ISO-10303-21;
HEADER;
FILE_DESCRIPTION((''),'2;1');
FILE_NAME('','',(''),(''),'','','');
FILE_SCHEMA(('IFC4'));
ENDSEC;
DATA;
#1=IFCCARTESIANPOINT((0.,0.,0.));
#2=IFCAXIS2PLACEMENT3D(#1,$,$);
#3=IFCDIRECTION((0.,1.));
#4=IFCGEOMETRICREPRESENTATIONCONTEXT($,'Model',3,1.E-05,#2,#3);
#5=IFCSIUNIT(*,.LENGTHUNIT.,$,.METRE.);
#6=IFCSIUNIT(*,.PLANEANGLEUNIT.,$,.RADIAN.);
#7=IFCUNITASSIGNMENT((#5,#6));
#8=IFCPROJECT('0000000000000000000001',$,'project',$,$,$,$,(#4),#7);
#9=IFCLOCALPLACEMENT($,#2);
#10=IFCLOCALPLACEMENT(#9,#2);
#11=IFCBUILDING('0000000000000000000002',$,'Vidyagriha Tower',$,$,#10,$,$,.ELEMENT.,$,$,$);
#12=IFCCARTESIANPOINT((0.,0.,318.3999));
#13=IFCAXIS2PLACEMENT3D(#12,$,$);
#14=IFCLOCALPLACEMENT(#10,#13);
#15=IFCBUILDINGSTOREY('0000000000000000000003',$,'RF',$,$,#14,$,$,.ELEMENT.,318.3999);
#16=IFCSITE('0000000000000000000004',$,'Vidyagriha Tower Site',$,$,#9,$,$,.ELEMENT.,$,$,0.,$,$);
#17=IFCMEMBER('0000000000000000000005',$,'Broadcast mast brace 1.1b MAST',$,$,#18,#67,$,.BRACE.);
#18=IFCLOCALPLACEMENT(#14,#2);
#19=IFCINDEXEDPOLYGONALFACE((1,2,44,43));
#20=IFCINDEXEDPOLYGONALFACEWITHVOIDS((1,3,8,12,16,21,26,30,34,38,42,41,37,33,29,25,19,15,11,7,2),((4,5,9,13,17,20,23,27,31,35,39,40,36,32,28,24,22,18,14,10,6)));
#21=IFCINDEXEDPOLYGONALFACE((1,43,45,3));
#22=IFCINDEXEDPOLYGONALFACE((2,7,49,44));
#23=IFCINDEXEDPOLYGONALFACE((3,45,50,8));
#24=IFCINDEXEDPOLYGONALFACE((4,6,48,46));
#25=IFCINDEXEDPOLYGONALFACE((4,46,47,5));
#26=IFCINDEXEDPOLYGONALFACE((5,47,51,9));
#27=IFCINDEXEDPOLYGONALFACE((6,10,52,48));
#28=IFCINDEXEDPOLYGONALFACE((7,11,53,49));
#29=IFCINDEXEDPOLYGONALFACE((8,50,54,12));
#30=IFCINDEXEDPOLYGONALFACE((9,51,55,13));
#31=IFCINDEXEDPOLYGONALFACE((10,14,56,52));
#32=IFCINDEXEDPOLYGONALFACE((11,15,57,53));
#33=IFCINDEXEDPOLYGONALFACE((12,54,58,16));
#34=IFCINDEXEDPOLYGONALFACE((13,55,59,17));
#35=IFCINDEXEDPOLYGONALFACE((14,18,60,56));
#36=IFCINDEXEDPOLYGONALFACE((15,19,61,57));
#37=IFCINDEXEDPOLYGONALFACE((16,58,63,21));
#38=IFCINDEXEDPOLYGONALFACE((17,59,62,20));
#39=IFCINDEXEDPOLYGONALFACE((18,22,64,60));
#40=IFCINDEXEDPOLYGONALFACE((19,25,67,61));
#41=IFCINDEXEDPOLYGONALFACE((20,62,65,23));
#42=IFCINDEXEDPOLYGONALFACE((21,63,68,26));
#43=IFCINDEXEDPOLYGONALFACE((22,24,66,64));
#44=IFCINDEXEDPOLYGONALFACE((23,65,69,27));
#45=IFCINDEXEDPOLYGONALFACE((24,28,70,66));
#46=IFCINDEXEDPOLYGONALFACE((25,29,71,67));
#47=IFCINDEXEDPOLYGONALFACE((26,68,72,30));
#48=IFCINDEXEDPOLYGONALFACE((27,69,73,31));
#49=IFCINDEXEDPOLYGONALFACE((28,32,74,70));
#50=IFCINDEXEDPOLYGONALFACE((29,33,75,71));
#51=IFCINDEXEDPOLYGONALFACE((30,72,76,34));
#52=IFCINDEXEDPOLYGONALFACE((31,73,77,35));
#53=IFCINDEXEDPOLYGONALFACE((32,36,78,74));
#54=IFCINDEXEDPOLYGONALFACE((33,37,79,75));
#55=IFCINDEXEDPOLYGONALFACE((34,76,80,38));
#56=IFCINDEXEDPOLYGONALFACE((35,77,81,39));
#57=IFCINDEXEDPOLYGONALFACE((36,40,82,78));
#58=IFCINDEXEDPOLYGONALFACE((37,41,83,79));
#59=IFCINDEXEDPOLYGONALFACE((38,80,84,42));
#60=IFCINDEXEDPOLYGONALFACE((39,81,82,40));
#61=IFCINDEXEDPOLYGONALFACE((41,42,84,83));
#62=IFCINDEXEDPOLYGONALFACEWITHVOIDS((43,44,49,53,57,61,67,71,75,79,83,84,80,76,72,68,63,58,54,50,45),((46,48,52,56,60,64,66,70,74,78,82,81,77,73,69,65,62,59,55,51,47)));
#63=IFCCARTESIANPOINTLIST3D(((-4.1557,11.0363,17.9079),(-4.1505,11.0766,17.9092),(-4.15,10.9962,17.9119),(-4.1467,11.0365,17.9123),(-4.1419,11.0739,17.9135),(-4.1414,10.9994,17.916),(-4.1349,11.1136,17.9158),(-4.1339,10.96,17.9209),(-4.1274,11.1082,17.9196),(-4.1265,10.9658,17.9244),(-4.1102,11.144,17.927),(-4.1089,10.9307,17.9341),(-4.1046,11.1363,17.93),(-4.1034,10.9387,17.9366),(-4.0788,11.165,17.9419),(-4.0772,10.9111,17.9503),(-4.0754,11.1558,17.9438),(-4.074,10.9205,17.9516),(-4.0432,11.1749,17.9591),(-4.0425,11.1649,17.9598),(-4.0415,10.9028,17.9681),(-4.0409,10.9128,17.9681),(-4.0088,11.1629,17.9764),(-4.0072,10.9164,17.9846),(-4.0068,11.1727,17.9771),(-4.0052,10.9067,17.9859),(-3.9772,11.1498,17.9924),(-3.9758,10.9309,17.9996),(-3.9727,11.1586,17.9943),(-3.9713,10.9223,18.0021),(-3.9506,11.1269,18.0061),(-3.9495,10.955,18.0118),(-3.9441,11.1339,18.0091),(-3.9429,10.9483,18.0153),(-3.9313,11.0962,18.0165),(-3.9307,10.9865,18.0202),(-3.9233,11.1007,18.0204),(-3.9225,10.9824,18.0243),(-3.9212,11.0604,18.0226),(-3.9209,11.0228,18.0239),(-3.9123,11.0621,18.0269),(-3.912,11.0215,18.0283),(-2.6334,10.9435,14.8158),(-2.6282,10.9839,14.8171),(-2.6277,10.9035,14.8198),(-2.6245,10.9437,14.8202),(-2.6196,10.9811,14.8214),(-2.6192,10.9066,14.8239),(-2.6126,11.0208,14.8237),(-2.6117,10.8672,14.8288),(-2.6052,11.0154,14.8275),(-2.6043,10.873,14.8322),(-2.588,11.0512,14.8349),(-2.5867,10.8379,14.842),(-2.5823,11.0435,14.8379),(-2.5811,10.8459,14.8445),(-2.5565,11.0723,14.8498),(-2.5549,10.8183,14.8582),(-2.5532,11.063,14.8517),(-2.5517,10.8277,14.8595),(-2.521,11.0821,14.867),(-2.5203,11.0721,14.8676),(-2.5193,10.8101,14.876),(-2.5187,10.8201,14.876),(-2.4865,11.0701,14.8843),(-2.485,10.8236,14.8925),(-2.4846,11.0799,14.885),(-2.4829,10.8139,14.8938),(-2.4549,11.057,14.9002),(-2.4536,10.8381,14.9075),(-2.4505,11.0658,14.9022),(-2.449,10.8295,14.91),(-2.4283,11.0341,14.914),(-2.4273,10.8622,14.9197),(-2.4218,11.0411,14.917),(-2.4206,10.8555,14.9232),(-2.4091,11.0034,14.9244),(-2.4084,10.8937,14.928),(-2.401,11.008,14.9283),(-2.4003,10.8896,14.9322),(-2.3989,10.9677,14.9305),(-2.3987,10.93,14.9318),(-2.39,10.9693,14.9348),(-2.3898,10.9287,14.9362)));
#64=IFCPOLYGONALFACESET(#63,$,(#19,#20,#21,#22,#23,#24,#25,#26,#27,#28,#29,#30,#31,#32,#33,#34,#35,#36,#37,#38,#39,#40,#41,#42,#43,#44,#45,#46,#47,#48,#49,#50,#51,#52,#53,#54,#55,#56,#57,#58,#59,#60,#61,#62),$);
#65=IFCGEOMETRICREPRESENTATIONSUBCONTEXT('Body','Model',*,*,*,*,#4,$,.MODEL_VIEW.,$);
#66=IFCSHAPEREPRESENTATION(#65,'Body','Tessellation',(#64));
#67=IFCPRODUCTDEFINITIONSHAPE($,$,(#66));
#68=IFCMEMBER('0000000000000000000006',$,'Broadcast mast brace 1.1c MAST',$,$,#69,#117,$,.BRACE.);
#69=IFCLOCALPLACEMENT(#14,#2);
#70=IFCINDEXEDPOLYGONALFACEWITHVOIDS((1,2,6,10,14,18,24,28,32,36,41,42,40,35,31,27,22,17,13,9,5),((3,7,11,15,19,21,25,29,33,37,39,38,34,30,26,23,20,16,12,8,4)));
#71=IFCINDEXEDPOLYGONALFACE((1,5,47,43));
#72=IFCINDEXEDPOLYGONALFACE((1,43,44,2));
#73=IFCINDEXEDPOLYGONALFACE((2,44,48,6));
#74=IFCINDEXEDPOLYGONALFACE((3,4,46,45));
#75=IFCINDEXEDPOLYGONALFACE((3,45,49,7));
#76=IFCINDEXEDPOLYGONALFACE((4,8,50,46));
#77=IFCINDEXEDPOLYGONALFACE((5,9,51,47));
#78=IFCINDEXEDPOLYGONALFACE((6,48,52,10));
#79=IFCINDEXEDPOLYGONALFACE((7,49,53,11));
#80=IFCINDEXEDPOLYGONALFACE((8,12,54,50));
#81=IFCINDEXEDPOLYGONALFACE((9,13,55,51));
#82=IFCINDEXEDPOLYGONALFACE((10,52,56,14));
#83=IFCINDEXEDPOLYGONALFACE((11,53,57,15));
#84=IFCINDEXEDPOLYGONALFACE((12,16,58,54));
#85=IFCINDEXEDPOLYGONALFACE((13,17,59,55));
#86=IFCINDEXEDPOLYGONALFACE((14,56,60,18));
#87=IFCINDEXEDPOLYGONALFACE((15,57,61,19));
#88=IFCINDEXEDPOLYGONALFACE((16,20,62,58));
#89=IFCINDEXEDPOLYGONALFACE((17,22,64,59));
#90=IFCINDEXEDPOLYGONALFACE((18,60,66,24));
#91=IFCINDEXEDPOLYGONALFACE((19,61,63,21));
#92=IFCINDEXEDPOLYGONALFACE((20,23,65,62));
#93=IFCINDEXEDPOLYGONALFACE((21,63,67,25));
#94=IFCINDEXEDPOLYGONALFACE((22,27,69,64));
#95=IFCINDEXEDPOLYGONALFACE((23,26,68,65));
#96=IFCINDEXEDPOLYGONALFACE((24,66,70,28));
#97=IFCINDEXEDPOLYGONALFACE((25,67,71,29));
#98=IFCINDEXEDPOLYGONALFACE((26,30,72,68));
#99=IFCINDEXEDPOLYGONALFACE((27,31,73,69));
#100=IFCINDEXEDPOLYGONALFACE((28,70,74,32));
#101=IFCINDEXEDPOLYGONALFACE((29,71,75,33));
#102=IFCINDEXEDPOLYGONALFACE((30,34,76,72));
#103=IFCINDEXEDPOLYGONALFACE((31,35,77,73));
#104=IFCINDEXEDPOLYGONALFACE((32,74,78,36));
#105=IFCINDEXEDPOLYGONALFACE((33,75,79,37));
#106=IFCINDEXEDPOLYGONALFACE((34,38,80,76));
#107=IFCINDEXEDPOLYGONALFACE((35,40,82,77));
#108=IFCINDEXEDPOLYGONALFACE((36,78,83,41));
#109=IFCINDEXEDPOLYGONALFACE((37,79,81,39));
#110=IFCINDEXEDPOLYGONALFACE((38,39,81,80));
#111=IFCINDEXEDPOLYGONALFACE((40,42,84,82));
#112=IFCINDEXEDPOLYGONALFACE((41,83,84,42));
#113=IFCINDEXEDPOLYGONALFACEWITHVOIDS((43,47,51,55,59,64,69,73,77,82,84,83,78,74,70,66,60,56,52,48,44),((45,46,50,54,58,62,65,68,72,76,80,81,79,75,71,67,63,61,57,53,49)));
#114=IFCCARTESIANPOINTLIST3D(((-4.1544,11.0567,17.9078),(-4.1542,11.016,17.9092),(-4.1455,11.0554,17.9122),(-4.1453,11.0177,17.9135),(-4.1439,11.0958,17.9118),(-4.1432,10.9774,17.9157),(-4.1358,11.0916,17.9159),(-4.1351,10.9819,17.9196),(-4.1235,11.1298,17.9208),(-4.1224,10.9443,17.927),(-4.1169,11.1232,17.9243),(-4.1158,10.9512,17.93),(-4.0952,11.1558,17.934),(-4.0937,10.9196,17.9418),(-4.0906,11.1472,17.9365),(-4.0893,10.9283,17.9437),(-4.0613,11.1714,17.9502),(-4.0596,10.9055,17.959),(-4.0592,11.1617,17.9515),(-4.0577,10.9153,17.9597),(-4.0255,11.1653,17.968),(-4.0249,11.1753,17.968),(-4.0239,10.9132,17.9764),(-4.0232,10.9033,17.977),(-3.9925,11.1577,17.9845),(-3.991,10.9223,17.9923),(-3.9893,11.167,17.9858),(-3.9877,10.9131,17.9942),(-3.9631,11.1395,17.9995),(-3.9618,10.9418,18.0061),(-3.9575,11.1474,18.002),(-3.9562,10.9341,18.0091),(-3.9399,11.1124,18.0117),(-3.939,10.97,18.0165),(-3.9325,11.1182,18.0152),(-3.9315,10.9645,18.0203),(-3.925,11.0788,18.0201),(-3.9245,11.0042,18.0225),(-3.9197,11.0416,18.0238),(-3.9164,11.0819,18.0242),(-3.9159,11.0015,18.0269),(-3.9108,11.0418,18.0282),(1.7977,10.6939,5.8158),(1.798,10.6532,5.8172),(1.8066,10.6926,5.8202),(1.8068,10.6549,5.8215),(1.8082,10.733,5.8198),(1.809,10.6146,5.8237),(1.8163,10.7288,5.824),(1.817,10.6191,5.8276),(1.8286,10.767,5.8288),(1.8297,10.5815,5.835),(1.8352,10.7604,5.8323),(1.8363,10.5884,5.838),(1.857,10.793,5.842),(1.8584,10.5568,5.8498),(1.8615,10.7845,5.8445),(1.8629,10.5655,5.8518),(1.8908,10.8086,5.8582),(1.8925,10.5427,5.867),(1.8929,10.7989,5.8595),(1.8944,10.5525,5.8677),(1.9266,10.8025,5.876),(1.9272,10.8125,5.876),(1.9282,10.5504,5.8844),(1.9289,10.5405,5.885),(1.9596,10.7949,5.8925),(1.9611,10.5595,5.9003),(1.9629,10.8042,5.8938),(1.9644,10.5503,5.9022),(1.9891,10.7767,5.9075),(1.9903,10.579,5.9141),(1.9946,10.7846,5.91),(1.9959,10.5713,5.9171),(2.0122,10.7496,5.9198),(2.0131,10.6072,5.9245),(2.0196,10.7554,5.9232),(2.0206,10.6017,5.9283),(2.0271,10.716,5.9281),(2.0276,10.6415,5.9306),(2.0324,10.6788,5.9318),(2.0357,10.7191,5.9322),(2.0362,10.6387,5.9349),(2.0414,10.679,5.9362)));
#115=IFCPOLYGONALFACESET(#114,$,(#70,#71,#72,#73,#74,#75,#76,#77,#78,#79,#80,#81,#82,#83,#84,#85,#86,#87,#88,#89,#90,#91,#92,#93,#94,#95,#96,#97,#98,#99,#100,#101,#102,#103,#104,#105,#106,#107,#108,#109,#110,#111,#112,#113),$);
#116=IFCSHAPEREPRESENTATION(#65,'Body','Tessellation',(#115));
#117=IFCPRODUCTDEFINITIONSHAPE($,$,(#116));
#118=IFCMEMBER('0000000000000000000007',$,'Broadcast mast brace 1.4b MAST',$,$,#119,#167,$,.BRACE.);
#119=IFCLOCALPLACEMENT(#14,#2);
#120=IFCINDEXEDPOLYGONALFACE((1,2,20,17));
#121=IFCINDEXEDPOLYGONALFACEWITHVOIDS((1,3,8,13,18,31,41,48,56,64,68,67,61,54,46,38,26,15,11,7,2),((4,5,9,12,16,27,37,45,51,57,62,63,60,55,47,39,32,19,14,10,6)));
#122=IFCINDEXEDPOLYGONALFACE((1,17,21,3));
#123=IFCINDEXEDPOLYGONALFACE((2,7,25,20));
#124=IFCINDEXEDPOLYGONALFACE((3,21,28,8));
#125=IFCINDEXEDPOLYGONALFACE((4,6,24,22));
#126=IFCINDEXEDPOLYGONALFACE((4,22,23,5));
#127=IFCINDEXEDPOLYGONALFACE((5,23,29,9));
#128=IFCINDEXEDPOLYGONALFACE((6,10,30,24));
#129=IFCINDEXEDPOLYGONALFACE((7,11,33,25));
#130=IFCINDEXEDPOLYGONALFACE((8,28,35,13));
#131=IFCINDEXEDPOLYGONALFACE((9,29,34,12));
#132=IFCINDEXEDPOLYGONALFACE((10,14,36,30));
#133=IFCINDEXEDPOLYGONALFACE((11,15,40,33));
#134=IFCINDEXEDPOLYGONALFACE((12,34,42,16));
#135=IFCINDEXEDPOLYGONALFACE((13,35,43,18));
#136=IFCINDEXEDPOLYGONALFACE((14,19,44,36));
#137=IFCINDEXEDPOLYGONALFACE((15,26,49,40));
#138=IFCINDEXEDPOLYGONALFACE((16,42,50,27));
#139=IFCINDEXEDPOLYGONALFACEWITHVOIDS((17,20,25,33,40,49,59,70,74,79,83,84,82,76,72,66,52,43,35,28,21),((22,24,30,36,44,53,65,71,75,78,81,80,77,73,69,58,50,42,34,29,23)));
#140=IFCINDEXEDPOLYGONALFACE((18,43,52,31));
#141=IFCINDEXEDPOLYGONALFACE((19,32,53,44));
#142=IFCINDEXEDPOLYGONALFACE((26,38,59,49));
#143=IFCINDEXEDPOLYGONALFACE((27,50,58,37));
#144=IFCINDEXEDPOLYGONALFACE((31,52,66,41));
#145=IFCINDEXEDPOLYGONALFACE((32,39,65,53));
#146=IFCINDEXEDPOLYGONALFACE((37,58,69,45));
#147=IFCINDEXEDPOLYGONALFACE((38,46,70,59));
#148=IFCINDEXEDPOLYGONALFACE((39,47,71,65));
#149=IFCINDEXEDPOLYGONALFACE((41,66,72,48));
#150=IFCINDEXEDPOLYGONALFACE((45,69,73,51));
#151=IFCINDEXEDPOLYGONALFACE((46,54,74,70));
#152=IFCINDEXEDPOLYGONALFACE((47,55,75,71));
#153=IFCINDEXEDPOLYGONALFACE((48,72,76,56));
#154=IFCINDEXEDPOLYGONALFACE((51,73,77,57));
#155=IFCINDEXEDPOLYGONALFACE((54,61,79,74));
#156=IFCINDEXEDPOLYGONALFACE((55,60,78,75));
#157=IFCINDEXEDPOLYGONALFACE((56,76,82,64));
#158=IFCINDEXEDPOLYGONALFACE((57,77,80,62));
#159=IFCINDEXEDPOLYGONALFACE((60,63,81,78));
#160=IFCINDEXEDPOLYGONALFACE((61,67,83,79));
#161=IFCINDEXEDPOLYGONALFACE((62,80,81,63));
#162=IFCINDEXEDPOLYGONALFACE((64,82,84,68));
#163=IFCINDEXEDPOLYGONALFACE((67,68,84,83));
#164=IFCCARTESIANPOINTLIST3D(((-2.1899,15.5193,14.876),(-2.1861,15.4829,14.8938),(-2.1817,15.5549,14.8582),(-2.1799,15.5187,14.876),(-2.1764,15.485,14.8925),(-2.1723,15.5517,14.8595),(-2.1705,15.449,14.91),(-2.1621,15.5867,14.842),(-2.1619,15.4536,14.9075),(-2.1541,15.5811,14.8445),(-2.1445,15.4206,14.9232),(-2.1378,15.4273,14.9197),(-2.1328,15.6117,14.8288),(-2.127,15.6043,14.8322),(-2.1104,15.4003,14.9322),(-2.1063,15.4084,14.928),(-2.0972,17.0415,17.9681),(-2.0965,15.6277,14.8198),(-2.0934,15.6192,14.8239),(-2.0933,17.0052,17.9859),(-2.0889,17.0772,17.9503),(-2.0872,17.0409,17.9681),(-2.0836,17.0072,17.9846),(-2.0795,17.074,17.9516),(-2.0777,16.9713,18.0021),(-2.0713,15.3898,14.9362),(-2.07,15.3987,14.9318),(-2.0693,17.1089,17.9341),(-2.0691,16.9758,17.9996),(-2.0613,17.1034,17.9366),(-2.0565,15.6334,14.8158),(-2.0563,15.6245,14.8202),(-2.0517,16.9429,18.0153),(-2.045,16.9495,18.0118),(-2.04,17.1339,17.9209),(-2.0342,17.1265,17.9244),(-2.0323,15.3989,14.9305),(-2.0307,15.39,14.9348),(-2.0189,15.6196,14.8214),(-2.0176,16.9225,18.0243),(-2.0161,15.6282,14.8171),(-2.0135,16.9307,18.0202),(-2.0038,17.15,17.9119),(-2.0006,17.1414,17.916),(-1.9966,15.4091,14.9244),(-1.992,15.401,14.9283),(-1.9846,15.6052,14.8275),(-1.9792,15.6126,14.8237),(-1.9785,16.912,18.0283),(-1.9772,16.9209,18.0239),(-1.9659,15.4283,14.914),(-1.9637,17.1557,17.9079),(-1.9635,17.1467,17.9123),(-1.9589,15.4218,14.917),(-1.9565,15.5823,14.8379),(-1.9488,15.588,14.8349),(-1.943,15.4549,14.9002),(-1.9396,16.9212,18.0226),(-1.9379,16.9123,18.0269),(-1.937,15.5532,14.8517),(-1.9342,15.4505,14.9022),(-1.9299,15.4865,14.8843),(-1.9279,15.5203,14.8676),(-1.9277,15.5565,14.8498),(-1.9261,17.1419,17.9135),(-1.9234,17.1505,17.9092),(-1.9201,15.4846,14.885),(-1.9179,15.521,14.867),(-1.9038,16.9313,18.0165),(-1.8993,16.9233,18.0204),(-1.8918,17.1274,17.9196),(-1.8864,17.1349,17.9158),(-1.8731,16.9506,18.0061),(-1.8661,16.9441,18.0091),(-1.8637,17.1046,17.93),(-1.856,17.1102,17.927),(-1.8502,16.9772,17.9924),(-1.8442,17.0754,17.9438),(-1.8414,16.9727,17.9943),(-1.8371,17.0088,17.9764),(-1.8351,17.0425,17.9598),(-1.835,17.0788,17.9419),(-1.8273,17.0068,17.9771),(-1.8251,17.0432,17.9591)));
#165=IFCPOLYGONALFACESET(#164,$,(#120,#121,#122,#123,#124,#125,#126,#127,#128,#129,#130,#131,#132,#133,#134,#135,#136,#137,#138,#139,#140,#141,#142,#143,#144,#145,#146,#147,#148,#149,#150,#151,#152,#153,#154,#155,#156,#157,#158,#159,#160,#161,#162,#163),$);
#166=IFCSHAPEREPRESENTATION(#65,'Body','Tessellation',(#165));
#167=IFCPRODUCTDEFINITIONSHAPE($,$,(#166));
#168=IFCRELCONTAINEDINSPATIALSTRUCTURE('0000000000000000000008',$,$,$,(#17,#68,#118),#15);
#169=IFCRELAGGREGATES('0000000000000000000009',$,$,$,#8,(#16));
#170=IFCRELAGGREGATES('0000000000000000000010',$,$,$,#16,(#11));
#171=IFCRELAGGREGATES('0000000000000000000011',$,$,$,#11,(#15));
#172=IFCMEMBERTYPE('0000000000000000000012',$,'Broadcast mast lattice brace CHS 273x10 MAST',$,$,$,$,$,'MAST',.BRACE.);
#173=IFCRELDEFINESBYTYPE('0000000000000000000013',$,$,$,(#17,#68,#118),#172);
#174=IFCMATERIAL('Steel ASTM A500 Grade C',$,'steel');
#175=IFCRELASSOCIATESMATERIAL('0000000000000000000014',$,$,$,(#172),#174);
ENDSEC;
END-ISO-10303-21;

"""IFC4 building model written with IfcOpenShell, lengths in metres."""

from ifc_helpers import new_model, si_unit, direction, frame, origin, origin_2d, place, context, subcontext, project, spatial, hollow_circle, extrude, material, material_profile, profile_set, type_object, element, save


model = new_model("IFC4")

# Units and contexts
model_context = context("Model", 3, precision=1e-05, world=origin(), true_north=direction((0.0, 1.0)))
body_context = subcontext(model_context, "Body", "Model", "MODEL_VIEW")
ifc_project = project(units=[si_unit("LENGTHUNIT", "METRE"), si_unit("PLANEANGLEUNIT", "RADIAN")], contexts=[model_context])

# Site, building, storey
site_placement = place(None, origin())
site = spatial("IfcSite", under=ifc_project, at=site_placement, Name="Vidyagriha Tower Site", CompositionType="ELEMENT", RefElevation=0.0)
building_placement = place(site_placement, origin())
building = spatial("IfcBuilding", under=site, at=building_placement, Name="Vidyagriha Tower", CompositionType="ELEMENT")
storey_placement = place(building_placement, frame((0.0, 0.0, 318.3999)))
storey = spatial("IfcBuildingStorey", under=building, at=storey_placement, Name="RF", CompositionType="ELEMENT", Elevation=318.3999)

# Members
ifc_material_1 = material(Name="Steel ASTM A500 Grade C", Category="steel")
ifc_material_profile_1 = material_profile(ifc_material_1, hollow_circle(Radius=0.1365, WallThickness=0.01, at=origin_2d()), Name="Broadcast mast lattice brace CHS 273x10 MAST")
ifc_profile_set_1 = profile_set([ifc_material_profile_1], Name="Steel ASTM A500 Grade C")
member_type_1 = type_object("IfcMemberType", Name="Broadcast mast lattice brace CHS 273x10 MAST", ElementType="MAST", PredefinedType="BRACE", material=ifc_profile_set_1)
member_1_placement = place(storey_placement, frame((-2.511, 10.9463, 14.876), z_axis=(-0.44152, 0.026909, 0.896848), x_axis=(-0.060833, -0.998148, 0.0)))
element("IfcMember", 1, at=member_1_placement, inside=storey, type_object=member_type_1, Name="Broadcast mast brace 1.1b MAST", PredefinedType="BRACE", context=body_context, shape_type="SweptSolid", body=[
    extrude(hollow_circle(Radius=0.1365, WallThickness=0.01, at=origin_2d()), origin(), (0.0, 0.0, 1.0), 3.4478),
])
member_2_placement = place(storey_placement, frame((-4.0332, 11.0391, 17.968), z_axis=(0.441473, -0.026908, -0.896871), x_axis=(0.060839, 0.998148, 0.0)))
element("IfcMember", 2, at=member_2_placement, inside=storey, type_object=member_type_1, Name="Broadcast mast brace 1.1c MAST", PredefinedType="BRACE", context=body_context, shape_type="SweptSolid", body=[
    extrude(hollow_circle(Radius=0.1365, WallThickness=0.01, at=origin_2d()), origin(), (0.0, 0.0, 1.0), 13.4824),
])
member_3_placement = place(storey_placement, frame((-2.0537, 15.511, 14.876), z_axis=(0.026909, 0.44152, 0.896848), x_axis=(-0.998148, 0.060833, 0.0)))
element("IfcMember", 3, at=member_3_placement, inside=storey, type_object=member_type_1, Name="Broadcast mast brace 1.4b MAST", PredefinedType="BRACE", context=body_context, shape_type="SweptSolid", body=[
    extrude(hollow_circle(Radius=0.1365, WallThickness=0.01, at=origin_2d()), origin(), (0.0, 0.0, 1.0), 3.4478),
])

save(model, "model.ifc")
